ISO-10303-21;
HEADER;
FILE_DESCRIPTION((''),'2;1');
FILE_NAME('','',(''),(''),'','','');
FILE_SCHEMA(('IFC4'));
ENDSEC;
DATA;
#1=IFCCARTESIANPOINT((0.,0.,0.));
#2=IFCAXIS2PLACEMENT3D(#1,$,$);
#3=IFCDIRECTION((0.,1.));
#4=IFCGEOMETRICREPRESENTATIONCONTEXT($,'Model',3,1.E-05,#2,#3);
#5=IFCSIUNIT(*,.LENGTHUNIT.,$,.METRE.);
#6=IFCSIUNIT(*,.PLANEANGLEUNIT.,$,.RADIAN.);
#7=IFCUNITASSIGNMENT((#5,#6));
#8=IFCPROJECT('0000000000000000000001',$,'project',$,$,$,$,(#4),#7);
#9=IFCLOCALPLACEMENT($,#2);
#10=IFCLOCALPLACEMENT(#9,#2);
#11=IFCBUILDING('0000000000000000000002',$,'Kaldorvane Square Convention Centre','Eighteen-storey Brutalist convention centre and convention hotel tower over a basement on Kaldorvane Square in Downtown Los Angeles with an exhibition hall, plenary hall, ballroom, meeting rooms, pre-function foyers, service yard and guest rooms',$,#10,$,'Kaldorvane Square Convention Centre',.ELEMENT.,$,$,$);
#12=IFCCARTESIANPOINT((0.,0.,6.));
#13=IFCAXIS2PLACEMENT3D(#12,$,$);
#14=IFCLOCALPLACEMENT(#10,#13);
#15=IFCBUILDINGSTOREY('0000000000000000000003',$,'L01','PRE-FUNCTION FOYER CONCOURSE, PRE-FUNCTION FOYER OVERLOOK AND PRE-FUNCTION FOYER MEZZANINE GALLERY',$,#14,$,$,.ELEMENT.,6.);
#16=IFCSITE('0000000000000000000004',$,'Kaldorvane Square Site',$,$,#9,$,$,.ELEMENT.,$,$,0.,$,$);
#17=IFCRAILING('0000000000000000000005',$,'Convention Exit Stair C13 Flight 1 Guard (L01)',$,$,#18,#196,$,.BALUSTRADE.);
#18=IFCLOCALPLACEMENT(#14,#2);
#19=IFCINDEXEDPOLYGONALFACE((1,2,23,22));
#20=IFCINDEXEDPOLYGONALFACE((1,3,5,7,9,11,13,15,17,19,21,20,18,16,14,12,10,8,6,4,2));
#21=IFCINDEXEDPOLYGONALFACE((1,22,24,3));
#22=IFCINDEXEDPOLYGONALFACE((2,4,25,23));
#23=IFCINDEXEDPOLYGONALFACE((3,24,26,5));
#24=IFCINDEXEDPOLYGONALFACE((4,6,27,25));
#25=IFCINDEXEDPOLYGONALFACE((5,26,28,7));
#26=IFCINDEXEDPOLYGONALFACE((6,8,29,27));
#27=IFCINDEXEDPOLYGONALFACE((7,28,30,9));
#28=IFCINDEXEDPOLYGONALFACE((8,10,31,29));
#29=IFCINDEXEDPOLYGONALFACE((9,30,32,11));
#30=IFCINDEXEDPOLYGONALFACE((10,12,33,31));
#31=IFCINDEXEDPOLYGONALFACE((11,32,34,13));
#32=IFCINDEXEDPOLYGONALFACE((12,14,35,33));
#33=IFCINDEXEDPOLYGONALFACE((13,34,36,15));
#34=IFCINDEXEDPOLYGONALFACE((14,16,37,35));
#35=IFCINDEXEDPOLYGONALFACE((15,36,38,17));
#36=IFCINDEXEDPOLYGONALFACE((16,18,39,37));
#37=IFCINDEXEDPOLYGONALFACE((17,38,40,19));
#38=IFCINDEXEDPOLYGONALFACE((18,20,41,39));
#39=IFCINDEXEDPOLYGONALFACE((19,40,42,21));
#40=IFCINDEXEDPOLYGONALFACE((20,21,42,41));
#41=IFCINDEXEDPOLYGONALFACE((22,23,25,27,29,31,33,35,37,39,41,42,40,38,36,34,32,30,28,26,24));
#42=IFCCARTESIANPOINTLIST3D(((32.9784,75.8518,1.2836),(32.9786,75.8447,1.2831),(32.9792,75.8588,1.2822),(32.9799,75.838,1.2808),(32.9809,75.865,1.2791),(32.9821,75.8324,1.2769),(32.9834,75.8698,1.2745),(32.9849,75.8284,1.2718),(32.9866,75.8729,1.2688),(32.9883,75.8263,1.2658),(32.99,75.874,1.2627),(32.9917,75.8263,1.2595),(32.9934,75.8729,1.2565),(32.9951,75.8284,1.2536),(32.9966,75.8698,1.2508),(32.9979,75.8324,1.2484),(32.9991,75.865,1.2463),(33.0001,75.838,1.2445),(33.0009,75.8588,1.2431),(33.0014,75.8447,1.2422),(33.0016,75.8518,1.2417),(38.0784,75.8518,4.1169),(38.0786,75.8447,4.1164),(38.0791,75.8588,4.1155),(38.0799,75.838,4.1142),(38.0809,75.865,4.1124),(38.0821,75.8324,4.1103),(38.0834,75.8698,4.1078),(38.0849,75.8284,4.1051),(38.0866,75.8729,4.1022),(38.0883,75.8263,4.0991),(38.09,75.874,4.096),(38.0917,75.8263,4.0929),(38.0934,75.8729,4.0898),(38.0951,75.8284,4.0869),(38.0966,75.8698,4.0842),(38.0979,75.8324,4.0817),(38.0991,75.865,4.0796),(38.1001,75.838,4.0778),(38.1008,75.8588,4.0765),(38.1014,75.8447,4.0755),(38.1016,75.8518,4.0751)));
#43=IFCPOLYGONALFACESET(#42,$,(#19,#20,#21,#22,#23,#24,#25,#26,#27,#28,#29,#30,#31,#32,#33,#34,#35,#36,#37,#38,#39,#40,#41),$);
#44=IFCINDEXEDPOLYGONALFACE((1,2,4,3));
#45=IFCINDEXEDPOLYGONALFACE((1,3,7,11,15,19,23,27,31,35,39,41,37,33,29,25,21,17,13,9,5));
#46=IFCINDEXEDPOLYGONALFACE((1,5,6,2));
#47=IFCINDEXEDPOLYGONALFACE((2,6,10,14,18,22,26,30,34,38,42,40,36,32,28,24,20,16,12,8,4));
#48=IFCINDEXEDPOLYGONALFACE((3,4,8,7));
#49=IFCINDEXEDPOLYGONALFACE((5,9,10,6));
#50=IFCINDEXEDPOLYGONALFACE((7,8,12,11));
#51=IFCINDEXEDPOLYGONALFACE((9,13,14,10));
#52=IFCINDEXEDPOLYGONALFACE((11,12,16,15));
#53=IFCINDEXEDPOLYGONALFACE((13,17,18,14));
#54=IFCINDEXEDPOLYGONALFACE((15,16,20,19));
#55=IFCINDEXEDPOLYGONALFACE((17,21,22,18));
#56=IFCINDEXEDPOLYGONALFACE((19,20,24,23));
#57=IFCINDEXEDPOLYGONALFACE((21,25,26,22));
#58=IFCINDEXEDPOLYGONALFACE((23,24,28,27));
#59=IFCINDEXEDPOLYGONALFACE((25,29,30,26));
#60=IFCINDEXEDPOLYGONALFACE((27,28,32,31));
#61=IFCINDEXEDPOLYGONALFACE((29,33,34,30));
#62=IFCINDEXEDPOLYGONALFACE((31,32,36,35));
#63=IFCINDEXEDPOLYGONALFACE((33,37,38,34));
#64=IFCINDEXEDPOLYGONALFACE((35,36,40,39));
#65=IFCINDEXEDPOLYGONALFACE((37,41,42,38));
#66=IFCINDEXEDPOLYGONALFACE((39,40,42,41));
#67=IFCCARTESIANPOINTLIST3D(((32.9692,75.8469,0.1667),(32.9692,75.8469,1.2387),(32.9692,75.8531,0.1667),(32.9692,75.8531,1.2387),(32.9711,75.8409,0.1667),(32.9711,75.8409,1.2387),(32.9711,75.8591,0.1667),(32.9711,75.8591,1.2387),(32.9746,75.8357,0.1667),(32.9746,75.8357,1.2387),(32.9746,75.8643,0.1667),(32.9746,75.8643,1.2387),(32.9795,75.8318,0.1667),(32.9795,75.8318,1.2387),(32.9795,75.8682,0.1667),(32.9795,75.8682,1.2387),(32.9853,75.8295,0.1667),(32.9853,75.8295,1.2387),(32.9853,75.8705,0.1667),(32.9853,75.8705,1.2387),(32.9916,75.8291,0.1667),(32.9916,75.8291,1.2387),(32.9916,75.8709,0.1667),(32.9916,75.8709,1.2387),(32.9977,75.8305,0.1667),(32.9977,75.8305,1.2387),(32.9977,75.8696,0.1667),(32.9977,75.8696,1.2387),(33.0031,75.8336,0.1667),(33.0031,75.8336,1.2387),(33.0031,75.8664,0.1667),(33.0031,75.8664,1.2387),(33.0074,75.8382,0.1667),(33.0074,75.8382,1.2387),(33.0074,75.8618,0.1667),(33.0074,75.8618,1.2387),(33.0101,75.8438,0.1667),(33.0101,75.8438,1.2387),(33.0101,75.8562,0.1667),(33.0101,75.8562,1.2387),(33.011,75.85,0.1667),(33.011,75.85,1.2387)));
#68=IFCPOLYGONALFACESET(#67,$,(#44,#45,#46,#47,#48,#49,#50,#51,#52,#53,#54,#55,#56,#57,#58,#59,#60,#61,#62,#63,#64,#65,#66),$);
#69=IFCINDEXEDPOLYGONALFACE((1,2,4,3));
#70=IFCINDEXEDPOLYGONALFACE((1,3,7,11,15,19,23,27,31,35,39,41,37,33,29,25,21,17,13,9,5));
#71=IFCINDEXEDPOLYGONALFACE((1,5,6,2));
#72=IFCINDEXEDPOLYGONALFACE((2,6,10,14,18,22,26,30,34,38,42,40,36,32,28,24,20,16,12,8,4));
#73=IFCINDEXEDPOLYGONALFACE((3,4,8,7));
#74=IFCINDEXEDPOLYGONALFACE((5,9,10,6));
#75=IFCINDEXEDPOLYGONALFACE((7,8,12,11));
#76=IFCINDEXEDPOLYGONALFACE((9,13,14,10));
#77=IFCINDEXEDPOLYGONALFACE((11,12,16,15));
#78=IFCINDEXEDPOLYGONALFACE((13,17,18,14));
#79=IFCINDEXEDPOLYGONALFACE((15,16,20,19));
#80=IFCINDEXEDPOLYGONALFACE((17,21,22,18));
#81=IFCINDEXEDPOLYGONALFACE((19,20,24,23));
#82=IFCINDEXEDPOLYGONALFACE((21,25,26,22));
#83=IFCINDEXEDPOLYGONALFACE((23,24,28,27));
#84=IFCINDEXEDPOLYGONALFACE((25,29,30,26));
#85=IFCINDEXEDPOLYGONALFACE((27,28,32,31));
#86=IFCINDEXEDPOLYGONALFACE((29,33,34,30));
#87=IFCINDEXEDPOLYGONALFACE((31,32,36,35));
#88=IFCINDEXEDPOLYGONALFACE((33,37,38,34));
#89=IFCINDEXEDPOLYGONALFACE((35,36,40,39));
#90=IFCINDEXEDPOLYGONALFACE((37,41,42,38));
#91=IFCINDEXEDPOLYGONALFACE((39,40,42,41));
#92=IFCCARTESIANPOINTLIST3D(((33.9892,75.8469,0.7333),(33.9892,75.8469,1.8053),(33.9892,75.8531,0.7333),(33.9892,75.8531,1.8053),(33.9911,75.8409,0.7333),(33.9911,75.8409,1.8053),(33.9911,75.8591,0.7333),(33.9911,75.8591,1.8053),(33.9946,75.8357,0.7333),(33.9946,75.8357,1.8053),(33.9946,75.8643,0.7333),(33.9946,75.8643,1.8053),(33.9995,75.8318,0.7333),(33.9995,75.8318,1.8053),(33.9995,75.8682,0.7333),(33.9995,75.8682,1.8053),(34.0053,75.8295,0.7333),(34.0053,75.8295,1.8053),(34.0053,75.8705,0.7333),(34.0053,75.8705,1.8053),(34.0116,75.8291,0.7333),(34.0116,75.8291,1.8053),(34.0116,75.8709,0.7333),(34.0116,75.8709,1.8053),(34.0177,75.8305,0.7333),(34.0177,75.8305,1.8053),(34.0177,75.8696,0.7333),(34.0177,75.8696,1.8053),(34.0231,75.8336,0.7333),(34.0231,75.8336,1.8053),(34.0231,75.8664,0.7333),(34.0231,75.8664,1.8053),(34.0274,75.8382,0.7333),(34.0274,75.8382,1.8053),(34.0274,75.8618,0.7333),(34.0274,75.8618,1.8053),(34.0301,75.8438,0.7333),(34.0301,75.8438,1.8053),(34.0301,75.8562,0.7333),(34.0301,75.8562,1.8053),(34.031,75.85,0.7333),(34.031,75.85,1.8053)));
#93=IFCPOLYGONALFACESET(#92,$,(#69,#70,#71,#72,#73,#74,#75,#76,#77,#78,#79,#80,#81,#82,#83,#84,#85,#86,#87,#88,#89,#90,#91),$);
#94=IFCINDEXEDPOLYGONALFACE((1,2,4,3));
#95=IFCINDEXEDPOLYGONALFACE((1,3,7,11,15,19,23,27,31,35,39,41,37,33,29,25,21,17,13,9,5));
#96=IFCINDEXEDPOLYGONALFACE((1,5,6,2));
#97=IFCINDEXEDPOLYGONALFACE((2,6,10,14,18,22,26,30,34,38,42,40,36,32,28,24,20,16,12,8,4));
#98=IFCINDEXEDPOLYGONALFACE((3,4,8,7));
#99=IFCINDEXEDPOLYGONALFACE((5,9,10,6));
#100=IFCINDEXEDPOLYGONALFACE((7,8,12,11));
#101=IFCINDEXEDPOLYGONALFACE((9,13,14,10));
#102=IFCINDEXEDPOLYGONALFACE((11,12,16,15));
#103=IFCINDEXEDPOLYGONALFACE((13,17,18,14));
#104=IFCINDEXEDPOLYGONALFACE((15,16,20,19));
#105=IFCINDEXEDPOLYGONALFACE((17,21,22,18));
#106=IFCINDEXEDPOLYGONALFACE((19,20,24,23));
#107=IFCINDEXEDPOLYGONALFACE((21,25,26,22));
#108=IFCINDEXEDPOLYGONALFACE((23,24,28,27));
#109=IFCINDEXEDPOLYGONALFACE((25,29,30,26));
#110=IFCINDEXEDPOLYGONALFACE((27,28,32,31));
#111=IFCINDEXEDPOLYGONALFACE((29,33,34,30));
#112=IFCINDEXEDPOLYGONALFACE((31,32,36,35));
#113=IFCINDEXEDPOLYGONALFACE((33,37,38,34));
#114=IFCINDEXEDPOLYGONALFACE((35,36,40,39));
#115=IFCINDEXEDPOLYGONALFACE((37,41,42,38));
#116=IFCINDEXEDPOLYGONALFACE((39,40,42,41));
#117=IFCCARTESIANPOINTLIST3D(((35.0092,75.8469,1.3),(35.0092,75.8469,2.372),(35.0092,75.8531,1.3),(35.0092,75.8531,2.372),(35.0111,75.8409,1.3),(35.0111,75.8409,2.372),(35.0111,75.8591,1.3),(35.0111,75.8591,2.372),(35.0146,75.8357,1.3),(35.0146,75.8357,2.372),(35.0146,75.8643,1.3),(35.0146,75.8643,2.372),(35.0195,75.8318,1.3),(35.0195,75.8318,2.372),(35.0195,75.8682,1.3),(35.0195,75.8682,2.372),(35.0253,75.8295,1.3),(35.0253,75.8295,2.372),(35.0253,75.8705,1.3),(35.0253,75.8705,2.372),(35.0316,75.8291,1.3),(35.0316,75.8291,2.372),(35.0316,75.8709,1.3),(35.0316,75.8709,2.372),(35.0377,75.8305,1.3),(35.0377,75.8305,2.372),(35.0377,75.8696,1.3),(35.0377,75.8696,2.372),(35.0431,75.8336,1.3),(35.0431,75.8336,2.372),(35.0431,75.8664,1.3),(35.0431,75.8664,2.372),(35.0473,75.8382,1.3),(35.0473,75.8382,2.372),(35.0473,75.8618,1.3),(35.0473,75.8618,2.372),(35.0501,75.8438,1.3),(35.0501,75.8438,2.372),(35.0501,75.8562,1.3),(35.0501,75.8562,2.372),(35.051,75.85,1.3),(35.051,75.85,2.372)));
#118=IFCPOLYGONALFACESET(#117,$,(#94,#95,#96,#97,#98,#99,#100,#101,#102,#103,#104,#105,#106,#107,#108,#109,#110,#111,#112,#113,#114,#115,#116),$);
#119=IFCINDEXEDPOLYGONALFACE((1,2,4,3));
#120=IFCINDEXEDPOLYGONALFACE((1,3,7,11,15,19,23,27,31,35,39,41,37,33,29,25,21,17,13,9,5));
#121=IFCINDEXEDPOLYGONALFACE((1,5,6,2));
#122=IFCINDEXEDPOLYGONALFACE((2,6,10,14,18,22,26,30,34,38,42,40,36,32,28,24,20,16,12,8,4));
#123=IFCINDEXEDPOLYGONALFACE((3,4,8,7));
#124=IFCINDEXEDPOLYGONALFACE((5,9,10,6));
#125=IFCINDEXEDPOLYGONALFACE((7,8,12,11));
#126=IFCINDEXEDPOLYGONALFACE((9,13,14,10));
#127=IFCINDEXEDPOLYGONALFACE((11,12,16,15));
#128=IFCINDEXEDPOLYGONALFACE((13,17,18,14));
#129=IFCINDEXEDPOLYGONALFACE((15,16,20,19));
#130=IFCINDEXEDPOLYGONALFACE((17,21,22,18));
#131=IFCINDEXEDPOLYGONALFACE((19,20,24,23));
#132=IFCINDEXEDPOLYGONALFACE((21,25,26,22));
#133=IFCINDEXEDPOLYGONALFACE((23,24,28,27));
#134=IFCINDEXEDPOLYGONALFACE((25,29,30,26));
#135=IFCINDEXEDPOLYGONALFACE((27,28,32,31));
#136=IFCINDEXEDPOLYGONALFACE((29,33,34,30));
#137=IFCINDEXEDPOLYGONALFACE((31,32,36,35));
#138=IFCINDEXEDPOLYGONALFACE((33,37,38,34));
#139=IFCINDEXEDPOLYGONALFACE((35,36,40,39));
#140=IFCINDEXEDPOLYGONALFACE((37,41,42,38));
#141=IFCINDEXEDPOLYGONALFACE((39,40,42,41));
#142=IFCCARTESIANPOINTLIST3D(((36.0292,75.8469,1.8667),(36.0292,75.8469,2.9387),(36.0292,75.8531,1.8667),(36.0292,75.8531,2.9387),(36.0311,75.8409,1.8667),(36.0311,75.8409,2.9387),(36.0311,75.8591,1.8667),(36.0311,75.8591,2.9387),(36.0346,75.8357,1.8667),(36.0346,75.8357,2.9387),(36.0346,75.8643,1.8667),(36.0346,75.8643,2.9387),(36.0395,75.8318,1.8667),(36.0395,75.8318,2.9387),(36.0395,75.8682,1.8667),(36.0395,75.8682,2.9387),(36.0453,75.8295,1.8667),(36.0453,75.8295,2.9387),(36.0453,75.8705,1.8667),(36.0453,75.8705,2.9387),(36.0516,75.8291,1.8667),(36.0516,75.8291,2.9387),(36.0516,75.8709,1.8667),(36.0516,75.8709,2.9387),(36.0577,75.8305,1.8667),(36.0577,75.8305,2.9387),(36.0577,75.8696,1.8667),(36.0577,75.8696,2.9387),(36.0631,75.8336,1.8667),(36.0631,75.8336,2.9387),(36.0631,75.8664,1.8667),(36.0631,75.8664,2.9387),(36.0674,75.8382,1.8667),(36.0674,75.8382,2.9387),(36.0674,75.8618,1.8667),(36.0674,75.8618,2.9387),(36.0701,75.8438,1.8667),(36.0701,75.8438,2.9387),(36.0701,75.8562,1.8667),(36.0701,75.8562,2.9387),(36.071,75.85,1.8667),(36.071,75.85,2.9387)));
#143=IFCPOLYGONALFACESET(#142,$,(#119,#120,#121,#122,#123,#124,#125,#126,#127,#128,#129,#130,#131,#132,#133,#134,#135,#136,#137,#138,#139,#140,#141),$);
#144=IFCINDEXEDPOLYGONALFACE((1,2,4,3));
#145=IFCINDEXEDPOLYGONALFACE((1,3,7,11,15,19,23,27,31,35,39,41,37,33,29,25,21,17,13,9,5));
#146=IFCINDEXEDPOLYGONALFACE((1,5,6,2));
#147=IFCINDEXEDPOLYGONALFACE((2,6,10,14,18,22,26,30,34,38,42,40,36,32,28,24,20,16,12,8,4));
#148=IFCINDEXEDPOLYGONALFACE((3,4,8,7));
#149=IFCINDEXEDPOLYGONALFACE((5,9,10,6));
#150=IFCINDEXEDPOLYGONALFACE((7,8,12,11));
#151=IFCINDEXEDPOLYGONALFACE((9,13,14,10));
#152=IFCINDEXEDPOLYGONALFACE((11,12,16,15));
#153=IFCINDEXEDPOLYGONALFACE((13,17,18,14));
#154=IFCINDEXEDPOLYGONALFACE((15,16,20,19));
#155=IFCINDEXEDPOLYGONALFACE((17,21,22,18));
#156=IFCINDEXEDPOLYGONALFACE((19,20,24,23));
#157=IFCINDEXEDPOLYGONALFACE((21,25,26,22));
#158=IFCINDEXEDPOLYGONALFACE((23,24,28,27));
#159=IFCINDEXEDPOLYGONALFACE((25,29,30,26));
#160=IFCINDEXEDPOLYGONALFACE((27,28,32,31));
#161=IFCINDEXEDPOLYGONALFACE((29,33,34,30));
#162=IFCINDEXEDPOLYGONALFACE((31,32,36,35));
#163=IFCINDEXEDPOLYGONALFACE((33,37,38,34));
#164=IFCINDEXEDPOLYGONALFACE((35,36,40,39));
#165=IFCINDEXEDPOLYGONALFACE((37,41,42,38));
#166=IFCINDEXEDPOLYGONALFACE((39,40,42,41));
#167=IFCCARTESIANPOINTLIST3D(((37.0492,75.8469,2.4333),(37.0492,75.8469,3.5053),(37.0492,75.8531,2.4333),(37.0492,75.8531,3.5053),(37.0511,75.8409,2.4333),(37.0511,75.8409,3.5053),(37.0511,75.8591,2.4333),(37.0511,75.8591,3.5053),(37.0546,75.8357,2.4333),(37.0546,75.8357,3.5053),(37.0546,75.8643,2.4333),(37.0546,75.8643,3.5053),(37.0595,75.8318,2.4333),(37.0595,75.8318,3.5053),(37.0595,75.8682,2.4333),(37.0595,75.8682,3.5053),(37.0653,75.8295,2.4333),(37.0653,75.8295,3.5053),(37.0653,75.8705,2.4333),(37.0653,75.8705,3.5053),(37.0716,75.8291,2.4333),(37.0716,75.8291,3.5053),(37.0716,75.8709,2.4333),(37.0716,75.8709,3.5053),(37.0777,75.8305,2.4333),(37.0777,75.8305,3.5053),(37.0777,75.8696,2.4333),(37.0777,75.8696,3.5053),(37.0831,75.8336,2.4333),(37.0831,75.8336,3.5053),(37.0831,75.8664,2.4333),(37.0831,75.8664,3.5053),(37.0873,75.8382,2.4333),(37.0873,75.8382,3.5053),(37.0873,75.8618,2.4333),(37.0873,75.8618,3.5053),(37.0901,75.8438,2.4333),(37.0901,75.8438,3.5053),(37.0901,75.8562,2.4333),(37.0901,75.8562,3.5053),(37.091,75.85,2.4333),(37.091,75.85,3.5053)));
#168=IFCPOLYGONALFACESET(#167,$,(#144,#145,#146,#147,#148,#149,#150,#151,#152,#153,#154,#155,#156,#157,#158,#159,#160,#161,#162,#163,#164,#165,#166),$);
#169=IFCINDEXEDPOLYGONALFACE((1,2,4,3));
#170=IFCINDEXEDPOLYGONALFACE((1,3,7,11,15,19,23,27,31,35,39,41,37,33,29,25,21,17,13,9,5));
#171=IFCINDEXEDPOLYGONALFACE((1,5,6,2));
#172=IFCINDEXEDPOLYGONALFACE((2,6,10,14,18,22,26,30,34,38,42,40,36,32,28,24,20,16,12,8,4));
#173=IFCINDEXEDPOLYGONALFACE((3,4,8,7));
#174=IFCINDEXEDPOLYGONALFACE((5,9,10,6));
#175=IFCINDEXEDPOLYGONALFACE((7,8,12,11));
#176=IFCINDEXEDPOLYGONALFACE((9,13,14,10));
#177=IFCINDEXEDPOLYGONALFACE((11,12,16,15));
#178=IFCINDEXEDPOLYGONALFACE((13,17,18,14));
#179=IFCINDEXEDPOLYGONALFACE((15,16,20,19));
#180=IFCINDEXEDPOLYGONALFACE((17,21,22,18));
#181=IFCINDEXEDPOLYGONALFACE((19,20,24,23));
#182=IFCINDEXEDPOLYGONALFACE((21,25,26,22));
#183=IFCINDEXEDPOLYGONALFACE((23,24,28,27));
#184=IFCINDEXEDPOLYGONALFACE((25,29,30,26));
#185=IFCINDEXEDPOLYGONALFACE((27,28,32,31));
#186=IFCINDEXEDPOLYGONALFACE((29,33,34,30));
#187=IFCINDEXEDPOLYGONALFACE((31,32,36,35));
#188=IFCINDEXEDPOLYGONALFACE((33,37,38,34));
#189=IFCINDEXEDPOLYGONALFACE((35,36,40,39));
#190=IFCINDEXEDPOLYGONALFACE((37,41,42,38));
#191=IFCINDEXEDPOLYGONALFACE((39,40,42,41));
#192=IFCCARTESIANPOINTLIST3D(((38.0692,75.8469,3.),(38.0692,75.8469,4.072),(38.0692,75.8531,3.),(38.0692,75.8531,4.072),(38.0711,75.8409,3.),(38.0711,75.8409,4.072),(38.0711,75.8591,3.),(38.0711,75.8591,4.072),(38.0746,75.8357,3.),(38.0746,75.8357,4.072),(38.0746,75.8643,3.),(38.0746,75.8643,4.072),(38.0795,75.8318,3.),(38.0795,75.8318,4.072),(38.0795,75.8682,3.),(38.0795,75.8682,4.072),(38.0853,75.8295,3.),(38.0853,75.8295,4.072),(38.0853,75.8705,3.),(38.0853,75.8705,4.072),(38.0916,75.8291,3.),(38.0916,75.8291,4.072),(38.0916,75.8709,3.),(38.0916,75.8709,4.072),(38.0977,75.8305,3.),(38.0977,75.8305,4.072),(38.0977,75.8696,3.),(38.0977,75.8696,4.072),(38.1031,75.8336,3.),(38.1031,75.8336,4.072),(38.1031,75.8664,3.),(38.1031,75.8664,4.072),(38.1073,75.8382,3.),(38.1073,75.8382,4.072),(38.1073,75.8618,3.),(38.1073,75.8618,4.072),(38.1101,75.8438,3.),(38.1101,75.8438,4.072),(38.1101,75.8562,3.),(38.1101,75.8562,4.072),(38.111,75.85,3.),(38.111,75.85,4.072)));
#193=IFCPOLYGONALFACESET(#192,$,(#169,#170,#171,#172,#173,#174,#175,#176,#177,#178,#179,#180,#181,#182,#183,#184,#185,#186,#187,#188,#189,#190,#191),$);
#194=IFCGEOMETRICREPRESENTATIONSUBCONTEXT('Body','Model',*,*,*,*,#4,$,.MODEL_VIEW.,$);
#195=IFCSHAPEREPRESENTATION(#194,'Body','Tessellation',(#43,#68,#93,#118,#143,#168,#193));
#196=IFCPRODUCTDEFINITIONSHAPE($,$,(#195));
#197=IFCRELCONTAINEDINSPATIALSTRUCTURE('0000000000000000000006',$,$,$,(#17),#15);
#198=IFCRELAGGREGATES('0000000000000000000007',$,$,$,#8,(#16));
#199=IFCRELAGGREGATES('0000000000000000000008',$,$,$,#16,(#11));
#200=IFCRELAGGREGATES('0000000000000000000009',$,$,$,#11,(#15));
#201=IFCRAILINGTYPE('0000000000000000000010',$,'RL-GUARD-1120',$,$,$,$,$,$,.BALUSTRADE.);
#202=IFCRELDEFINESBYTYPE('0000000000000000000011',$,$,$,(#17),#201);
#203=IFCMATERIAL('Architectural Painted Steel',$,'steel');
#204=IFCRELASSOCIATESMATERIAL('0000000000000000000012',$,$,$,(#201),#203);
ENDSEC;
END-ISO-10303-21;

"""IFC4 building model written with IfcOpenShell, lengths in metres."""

from ifc_helpers import new_model, si_unit, direction, frame, origin, origin_2d, place, context, subcontext, project, spatial, circle, extrude, material, type_object, element, save


model = new_model("IFC4")

# Units and contexts
model_context = context("Model", 3, precision=1e-05, world=origin(), true_north=direction((0.0, 1.0)))
body_context = subcontext(model_context, "Body", "Model", "MODEL_VIEW")
ifc_project = project(units=[si_unit("LENGTHUNIT", "METRE"), si_unit("PLANEANGLEUNIT", "RADIAN")], contexts=[model_context])

# Site, building, storey
site_placement = place(None, origin())
site = spatial("IfcSite", under=ifc_project, at=site_placement, Name="Kaldorvane Square Site", CompositionType="ELEMENT", RefElevation=0.0)
building_placement = place(site_placement, origin())
building = spatial("IfcBuilding", under=site, at=building_placement, Name="Kaldorvane Square Convention Centre", Description="Eighteen-storey Brutalist convention centre and convention hotel tower over a basement on Kaldorvane Square in Downtown Los Angeles with an exhibition hall, plenary hall, ballroom, meeting rooms, pre-function foyers, service yard and guest rooms", LongName="Kaldorvane Square Convention Centre", CompositionType="ELEMENT")
storey_placement = place(building_placement, frame((0.0, 0.0, 6.0)))
storey = spatial("IfcBuildingStorey", under=building, at=storey_placement, Name="L01", Description="PRE-FUNCTION FOYER CONCOURSE, PRE-FUNCTION FOYER OVERLOOK AND PRE-FUNCTION FOYER MEZZANINE GALLERY", CompositionType="ELEMENT", Elevation=6.0)

# Railing
ifc_material_1 = material(Name="Architectural Painted Steel", Category="steel")
railing_type_1 = type_object("IfcRailingType", Name="RL-GUARD-1120", PredefinedType="BALUSTRADE", material=ifc_material_1)
railing_1_placement = place(storey_placement, frame((32.99, 75.85, 0.1667)))
element("IfcRailing", 1, at=railing_1_placement, inside=storey, type_object=railing_type_1, Name="Convention Exit Stair C13 Flight 1 Guard (L01)", PredefinedType="BALUSTRADE", context=body_context, shape_type="SweptSolid", body=[
    extrude(circle(Radius=0.024, at=origin_2d()), frame((0.0, 0.0, 1.096), z_axis=(0.874157, 0.0, 0.485643), x_axis=(0.0, 1.0, 0.0)), (0.0, 0.0, 1.0), 5.8342),
    extrude(circle(Radius=0.021, at=origin_2d()), origin(), (0.0, 0.0, 1.0), 1.072),
    extrude(circle(Radius=0.021, at=origin_2d()), frame((1.02, 0.0, 0.5667)), (0.0, 0.0, 1.0), 1.072),
    extrude(circle(Radius=0.021, at=origin_2d()), frame((2.04, 0.0, 1.1333)), (0.0, 0.0, 1.0), 1.072),
    extrude(circle(Radius=0.021, at=origin_2d()), frame((3.06, 0.0, 1.7)), (0.0, 0.0, 1.0), 1.072),
    extrude(circle(Radius=0.021, at=origin_2d()), frame((4.08, 0.0, 2.2667)), (0.0, 0.0, 1.0), 1.072),
    extrude(circle(Radius=0.021, at=origin_2d()), frame((5.1, 0.0, 2.8333)), (0.0, 0.0, 1.0), 1.072),
])

save(model, "model.ifc")
